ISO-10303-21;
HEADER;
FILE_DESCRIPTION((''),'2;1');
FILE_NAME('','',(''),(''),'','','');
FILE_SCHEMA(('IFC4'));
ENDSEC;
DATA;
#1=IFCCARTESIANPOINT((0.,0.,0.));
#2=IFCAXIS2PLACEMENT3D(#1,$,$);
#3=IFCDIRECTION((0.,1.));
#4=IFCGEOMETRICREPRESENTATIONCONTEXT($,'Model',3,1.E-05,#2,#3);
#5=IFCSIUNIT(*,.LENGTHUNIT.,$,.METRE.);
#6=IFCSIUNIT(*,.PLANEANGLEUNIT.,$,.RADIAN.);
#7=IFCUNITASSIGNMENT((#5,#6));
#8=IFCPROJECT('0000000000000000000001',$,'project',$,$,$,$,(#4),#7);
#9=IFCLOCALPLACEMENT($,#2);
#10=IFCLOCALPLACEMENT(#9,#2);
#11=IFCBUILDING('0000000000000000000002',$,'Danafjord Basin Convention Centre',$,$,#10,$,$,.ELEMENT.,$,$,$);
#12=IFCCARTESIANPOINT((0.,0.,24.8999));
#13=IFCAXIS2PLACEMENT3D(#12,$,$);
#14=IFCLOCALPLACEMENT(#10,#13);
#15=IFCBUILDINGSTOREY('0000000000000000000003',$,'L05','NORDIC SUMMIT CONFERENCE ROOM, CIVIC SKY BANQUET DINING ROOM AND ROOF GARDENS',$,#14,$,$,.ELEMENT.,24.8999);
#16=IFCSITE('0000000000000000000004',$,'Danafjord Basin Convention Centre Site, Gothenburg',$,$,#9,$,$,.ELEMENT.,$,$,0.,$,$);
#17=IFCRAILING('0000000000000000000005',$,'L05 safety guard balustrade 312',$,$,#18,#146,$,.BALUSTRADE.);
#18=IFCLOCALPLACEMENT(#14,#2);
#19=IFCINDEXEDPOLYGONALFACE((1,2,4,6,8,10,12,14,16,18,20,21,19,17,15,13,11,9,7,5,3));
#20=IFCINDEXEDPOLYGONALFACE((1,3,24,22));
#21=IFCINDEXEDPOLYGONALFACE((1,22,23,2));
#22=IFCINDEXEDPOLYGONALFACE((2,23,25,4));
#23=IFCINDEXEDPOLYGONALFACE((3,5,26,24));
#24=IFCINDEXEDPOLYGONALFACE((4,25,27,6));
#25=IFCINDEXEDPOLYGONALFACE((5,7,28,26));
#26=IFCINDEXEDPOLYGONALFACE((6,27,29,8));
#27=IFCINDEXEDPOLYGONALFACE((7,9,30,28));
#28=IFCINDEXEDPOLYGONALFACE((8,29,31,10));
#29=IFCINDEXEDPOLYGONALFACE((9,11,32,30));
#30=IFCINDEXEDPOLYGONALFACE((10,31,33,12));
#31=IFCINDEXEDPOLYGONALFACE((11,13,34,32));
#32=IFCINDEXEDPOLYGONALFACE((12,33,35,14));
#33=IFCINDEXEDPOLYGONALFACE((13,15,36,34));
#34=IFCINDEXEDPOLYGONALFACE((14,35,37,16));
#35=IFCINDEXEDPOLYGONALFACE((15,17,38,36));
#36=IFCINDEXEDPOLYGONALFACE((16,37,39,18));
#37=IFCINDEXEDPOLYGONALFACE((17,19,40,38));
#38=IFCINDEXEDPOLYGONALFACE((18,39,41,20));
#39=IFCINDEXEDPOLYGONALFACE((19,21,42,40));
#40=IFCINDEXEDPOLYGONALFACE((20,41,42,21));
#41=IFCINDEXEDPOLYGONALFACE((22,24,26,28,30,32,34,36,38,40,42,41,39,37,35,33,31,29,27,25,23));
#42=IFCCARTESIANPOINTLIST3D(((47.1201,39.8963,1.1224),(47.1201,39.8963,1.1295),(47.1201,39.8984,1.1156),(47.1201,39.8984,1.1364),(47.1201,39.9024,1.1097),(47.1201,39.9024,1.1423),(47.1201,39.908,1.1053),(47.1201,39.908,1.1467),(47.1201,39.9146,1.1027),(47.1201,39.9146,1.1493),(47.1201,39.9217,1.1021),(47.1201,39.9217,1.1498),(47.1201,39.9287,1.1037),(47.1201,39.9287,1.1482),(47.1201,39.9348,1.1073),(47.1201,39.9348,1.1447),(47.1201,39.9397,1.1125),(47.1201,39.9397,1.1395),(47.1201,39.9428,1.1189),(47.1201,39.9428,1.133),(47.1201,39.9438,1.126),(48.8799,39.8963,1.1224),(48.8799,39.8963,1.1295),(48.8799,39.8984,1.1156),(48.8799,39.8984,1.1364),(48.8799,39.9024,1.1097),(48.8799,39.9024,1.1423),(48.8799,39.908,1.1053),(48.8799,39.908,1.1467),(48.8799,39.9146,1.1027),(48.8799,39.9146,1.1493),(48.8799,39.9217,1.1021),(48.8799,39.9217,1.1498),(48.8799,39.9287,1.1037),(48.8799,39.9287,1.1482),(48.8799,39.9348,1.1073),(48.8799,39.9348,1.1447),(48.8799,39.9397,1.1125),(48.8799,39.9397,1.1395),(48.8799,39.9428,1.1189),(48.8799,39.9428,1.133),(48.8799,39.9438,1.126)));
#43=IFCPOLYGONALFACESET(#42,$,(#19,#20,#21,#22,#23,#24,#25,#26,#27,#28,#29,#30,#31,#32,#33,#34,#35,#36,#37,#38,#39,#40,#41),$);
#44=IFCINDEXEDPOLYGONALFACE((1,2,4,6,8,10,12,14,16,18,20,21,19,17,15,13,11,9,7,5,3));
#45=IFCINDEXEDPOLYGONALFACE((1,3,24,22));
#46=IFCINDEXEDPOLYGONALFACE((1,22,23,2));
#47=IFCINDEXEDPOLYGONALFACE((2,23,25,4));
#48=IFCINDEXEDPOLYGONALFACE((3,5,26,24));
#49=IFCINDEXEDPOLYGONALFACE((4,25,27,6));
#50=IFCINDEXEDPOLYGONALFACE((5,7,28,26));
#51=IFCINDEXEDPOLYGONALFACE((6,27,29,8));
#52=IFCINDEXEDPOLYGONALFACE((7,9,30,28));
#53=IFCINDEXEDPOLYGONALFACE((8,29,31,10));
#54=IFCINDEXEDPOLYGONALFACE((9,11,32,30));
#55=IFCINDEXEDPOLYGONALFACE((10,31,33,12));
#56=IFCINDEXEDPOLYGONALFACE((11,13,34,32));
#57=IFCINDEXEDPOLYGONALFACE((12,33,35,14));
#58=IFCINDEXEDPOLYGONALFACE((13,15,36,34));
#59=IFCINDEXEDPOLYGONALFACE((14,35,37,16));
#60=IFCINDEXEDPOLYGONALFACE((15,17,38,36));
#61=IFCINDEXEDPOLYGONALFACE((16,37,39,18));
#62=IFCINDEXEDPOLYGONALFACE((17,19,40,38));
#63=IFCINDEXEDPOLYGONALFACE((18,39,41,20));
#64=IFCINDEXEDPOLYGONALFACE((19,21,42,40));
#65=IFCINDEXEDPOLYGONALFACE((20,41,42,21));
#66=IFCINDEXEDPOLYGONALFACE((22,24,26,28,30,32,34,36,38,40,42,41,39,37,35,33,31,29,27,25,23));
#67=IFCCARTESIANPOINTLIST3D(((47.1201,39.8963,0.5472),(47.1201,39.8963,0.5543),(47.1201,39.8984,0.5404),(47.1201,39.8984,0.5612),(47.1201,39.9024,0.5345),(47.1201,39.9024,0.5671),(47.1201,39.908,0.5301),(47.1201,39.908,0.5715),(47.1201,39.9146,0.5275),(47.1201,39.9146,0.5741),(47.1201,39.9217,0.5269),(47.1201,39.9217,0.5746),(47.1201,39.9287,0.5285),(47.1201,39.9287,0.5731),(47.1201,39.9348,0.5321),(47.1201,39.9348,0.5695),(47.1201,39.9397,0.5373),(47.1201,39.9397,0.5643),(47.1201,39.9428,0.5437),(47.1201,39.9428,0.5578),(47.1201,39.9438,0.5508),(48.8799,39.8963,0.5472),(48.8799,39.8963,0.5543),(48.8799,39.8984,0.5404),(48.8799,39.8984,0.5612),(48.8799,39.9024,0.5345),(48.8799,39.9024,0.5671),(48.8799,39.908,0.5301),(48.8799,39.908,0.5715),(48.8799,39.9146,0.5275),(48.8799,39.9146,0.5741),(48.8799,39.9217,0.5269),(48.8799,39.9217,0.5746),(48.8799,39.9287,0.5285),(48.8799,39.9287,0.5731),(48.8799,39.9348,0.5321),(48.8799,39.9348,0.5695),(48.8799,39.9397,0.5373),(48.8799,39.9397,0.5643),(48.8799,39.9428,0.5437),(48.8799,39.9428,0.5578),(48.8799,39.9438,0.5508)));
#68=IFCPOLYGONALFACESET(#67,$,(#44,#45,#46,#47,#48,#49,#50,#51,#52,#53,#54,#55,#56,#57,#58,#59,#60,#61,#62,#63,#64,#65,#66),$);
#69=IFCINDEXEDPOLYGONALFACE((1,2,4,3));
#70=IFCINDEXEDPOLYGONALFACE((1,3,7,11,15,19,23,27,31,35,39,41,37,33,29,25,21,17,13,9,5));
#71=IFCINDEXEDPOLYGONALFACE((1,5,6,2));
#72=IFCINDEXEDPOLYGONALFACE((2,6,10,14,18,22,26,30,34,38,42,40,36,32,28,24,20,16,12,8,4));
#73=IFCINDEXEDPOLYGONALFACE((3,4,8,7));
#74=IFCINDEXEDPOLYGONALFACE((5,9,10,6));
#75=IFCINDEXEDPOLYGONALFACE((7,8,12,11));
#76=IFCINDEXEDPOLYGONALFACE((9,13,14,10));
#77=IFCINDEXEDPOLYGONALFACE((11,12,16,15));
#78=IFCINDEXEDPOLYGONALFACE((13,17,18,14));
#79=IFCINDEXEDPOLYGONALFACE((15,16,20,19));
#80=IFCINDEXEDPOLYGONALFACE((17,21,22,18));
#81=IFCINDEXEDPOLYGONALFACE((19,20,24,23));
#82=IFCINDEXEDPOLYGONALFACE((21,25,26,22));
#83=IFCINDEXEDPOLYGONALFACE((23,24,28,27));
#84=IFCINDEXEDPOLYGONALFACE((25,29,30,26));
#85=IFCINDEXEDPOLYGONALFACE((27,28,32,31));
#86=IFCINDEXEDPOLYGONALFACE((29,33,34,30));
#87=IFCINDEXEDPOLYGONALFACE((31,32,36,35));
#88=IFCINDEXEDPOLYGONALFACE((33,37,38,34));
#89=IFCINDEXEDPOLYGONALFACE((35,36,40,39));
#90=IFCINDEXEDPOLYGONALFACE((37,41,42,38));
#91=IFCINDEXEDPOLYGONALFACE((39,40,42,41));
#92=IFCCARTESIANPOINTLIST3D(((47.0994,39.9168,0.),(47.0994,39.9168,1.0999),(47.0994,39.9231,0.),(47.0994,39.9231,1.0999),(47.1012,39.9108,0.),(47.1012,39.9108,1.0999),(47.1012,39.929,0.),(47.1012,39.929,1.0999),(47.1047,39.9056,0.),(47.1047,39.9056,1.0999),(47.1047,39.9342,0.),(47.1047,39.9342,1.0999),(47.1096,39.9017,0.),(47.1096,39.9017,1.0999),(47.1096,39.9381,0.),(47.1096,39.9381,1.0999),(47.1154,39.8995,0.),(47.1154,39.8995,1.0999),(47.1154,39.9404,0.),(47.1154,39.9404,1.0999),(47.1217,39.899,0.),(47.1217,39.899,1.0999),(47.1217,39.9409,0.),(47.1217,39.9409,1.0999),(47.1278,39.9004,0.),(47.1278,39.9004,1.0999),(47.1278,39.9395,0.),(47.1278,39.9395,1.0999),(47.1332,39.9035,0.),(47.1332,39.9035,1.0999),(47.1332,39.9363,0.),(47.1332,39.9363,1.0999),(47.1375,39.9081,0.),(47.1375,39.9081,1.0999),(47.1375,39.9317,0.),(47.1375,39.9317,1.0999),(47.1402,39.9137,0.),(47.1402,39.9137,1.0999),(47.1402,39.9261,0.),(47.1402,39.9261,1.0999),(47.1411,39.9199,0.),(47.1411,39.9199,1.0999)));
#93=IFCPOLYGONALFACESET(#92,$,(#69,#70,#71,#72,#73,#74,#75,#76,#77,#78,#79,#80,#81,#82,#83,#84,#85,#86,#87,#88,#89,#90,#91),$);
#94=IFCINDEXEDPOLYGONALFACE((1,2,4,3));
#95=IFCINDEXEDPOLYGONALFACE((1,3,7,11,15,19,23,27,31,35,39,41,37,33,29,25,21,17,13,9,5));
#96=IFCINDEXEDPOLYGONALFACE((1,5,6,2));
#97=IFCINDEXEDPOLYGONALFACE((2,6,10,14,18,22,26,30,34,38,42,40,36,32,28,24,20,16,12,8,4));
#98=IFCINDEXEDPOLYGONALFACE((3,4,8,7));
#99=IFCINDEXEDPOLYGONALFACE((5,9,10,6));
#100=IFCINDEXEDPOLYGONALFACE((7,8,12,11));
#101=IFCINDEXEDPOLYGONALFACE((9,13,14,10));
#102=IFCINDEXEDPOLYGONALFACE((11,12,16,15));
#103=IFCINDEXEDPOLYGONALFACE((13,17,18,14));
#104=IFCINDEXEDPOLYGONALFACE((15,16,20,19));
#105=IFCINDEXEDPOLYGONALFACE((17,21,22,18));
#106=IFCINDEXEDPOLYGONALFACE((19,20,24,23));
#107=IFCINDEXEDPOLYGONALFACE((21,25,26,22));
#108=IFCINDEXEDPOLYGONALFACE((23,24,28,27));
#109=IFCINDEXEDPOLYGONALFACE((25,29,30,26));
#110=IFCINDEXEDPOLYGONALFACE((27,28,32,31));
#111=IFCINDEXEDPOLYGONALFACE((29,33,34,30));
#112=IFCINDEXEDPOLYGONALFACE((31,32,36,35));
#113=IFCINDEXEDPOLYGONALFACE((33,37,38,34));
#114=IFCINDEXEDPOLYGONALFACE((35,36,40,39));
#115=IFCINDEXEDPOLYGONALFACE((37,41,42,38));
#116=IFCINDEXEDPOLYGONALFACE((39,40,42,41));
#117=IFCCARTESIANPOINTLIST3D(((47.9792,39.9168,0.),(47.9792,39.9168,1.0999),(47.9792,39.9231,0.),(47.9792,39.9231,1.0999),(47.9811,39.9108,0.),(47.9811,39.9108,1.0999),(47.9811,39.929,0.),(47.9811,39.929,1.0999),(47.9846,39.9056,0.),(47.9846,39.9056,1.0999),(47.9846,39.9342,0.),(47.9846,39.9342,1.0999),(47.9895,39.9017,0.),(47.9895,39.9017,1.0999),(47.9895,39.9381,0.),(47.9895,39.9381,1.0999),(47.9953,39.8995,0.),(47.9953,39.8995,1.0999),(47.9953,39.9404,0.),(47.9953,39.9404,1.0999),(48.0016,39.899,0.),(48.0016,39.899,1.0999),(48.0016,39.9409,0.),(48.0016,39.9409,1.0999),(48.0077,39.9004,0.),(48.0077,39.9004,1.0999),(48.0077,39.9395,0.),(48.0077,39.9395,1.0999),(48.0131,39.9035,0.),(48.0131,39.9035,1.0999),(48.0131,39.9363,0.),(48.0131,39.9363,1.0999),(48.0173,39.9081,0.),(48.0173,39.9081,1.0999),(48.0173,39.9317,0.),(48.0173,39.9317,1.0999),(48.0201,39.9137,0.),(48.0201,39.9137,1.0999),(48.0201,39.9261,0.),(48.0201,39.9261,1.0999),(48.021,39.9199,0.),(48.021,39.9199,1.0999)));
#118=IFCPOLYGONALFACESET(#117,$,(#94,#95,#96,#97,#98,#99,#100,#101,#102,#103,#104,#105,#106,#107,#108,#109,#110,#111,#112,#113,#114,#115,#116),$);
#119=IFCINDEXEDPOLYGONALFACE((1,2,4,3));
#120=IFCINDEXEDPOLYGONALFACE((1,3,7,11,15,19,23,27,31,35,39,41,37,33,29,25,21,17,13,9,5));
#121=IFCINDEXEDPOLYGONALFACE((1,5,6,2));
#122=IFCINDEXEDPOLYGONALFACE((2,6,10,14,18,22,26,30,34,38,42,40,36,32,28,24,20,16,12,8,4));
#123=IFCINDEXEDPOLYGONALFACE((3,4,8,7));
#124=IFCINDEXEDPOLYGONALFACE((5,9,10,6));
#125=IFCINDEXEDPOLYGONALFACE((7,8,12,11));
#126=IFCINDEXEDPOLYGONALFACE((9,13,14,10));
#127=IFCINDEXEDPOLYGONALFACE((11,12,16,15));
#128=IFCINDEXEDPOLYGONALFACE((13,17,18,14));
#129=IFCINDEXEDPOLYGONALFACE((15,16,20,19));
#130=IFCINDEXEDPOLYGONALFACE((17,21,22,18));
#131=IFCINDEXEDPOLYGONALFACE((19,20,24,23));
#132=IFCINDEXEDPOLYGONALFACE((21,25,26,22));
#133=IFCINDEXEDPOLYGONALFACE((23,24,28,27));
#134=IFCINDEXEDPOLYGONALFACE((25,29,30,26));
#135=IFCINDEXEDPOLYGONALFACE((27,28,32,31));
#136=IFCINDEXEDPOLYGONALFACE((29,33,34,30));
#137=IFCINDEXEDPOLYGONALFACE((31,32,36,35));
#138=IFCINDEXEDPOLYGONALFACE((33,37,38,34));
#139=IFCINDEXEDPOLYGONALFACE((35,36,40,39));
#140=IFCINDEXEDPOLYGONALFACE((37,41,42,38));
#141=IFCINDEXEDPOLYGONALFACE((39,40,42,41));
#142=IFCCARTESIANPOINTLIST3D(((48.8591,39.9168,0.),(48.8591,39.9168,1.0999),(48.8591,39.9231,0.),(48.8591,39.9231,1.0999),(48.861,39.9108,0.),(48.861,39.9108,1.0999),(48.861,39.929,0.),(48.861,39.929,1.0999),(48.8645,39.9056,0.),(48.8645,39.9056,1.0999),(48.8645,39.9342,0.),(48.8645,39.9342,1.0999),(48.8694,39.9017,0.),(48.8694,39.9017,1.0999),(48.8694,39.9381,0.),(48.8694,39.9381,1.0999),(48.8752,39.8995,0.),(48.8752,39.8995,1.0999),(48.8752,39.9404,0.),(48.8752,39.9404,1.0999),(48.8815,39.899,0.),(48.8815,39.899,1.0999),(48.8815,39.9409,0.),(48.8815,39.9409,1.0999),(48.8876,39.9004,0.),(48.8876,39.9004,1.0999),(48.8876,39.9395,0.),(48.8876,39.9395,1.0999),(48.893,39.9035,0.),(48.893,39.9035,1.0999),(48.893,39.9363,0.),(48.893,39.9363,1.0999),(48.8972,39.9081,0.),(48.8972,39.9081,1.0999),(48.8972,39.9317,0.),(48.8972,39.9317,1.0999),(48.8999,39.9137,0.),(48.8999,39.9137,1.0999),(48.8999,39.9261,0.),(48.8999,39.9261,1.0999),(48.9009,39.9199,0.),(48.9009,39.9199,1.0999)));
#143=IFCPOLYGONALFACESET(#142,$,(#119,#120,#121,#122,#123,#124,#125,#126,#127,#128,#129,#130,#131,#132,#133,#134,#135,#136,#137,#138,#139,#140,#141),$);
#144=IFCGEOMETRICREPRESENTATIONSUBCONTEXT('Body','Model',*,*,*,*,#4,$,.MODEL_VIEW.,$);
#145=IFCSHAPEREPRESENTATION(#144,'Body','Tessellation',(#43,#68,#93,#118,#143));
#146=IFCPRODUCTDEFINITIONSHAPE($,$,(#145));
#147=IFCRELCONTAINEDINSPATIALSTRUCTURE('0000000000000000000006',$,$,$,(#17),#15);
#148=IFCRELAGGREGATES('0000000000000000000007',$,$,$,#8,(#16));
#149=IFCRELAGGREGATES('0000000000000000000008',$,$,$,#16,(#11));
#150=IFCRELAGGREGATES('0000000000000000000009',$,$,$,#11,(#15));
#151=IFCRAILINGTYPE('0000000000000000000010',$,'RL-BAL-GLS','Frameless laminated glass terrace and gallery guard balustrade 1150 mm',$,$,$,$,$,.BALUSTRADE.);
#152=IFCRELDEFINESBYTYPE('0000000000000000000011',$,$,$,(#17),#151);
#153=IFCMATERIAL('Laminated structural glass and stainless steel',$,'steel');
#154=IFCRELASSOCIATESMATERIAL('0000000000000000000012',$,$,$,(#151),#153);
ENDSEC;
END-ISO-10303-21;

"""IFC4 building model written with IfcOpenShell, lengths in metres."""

from ifc_helpers import new_model, si_unit, direction, frame, origin, origin_2d, place, context, subcontext, project, spatial, circle, extrude, material, type_object, element, save


model = new_model("IFC4")

# Units and contexts
model_context = context("Model", 3, precision=1e-05, world=origin(), true_north=direction((0.0, 1.0)))
body_context = subcontext(model_context, "Body", "Model", "MODEL_VIEW")
ifc_project = project(units=[si_unit("LENGTHUNIT", "METRE"), si_unit("PLANEANGLEUNIT", "RADIAN")], contexts=[model_context])

# Site, building, storey
site_placement = place(None, origin())
site = spatial("IfcSite", under=ifc_project, at=site_placement, Name="Danafjord Basin Convention Centre Site, Gothenburg", CompositionType="ELEMENT", RefElevation=0.0)
building_placement = place(site_placement, origin())
building = spatial("IfcBuilding", under=site, at=building_placement, Name="Danafjord Basin Convention Centre", CompositionType="ELEMENT")
storey_placement = place(building_placement, frame((0.0, 0.0, 24.8999)))
storey = spatial("IfcBuildingStorey", under=building, at=storey_placement, Name="L05", Description="NORDIC SUMMIT CONFERENCE ROOM, CIVIC SKY BANQUET DINING ROOM AND ROOF GARDENS", CompositionType="ELEMENT", Elevation=24.8999)

# Railing
ifc_material_1 = material(Name="Laminated structural glass and stainless steel", Category="steel")
railing_type = type_object("IfcRailingType", Name="RL-BAL-GLS", Description="Frameless laminated glass terrace and gallery guard balustrade 1150 mm", PredefinedType="BALUSTRADE", material=ifc_material_1)
railing_1_placement = place(storey_placement, frame((47.1201, 39.9199, 0.0)))
element("IfcRailing", 1, at=railing_1_placement, inside=storey, type_object=railing_type, Name="L05 safety guard balustrade 312", PredefinedType="BALUSTRADE", context=body_context, shape_type="SweptSolid", body=[
    extrude(circle(Radius=0.0239, at=origin_2d()), frame((0.0, 0.0, 1.126), z_axis=(1.0, 0.0, 0.0), x_axis=(0.0, 1.0, 0.0)), (0.0, 0.0, 1.0), 1.7598),
    extrude(circle(Radius=0.0239, at=origin_2d()), frame((0.0, 0.0, 0.5508), z_axis=(1.0, 0.0, 0.0), x_axis=(0.0, 1.0, 0.0)), (0.0, 0.0, 1.0), 1.7598),
    extrude(circle(Radius=0.021, at=origin_2d()), origin(), (0.0, 0.0, 1.0), 1.0999),
    extrude(circle(Radius=0.021, at=origin_2d()), frame((0.8799, 0.0, 0.0)), (0.0, 0.0, 1.0), 1.0999),
    extrude(circle(Radius=0.021, at=origin_2d()), frame((1.7598, 0.0, 0.0)), (0.0, 0.0, 1.0), 1.0999),
])

save(model, "model.ifc")
